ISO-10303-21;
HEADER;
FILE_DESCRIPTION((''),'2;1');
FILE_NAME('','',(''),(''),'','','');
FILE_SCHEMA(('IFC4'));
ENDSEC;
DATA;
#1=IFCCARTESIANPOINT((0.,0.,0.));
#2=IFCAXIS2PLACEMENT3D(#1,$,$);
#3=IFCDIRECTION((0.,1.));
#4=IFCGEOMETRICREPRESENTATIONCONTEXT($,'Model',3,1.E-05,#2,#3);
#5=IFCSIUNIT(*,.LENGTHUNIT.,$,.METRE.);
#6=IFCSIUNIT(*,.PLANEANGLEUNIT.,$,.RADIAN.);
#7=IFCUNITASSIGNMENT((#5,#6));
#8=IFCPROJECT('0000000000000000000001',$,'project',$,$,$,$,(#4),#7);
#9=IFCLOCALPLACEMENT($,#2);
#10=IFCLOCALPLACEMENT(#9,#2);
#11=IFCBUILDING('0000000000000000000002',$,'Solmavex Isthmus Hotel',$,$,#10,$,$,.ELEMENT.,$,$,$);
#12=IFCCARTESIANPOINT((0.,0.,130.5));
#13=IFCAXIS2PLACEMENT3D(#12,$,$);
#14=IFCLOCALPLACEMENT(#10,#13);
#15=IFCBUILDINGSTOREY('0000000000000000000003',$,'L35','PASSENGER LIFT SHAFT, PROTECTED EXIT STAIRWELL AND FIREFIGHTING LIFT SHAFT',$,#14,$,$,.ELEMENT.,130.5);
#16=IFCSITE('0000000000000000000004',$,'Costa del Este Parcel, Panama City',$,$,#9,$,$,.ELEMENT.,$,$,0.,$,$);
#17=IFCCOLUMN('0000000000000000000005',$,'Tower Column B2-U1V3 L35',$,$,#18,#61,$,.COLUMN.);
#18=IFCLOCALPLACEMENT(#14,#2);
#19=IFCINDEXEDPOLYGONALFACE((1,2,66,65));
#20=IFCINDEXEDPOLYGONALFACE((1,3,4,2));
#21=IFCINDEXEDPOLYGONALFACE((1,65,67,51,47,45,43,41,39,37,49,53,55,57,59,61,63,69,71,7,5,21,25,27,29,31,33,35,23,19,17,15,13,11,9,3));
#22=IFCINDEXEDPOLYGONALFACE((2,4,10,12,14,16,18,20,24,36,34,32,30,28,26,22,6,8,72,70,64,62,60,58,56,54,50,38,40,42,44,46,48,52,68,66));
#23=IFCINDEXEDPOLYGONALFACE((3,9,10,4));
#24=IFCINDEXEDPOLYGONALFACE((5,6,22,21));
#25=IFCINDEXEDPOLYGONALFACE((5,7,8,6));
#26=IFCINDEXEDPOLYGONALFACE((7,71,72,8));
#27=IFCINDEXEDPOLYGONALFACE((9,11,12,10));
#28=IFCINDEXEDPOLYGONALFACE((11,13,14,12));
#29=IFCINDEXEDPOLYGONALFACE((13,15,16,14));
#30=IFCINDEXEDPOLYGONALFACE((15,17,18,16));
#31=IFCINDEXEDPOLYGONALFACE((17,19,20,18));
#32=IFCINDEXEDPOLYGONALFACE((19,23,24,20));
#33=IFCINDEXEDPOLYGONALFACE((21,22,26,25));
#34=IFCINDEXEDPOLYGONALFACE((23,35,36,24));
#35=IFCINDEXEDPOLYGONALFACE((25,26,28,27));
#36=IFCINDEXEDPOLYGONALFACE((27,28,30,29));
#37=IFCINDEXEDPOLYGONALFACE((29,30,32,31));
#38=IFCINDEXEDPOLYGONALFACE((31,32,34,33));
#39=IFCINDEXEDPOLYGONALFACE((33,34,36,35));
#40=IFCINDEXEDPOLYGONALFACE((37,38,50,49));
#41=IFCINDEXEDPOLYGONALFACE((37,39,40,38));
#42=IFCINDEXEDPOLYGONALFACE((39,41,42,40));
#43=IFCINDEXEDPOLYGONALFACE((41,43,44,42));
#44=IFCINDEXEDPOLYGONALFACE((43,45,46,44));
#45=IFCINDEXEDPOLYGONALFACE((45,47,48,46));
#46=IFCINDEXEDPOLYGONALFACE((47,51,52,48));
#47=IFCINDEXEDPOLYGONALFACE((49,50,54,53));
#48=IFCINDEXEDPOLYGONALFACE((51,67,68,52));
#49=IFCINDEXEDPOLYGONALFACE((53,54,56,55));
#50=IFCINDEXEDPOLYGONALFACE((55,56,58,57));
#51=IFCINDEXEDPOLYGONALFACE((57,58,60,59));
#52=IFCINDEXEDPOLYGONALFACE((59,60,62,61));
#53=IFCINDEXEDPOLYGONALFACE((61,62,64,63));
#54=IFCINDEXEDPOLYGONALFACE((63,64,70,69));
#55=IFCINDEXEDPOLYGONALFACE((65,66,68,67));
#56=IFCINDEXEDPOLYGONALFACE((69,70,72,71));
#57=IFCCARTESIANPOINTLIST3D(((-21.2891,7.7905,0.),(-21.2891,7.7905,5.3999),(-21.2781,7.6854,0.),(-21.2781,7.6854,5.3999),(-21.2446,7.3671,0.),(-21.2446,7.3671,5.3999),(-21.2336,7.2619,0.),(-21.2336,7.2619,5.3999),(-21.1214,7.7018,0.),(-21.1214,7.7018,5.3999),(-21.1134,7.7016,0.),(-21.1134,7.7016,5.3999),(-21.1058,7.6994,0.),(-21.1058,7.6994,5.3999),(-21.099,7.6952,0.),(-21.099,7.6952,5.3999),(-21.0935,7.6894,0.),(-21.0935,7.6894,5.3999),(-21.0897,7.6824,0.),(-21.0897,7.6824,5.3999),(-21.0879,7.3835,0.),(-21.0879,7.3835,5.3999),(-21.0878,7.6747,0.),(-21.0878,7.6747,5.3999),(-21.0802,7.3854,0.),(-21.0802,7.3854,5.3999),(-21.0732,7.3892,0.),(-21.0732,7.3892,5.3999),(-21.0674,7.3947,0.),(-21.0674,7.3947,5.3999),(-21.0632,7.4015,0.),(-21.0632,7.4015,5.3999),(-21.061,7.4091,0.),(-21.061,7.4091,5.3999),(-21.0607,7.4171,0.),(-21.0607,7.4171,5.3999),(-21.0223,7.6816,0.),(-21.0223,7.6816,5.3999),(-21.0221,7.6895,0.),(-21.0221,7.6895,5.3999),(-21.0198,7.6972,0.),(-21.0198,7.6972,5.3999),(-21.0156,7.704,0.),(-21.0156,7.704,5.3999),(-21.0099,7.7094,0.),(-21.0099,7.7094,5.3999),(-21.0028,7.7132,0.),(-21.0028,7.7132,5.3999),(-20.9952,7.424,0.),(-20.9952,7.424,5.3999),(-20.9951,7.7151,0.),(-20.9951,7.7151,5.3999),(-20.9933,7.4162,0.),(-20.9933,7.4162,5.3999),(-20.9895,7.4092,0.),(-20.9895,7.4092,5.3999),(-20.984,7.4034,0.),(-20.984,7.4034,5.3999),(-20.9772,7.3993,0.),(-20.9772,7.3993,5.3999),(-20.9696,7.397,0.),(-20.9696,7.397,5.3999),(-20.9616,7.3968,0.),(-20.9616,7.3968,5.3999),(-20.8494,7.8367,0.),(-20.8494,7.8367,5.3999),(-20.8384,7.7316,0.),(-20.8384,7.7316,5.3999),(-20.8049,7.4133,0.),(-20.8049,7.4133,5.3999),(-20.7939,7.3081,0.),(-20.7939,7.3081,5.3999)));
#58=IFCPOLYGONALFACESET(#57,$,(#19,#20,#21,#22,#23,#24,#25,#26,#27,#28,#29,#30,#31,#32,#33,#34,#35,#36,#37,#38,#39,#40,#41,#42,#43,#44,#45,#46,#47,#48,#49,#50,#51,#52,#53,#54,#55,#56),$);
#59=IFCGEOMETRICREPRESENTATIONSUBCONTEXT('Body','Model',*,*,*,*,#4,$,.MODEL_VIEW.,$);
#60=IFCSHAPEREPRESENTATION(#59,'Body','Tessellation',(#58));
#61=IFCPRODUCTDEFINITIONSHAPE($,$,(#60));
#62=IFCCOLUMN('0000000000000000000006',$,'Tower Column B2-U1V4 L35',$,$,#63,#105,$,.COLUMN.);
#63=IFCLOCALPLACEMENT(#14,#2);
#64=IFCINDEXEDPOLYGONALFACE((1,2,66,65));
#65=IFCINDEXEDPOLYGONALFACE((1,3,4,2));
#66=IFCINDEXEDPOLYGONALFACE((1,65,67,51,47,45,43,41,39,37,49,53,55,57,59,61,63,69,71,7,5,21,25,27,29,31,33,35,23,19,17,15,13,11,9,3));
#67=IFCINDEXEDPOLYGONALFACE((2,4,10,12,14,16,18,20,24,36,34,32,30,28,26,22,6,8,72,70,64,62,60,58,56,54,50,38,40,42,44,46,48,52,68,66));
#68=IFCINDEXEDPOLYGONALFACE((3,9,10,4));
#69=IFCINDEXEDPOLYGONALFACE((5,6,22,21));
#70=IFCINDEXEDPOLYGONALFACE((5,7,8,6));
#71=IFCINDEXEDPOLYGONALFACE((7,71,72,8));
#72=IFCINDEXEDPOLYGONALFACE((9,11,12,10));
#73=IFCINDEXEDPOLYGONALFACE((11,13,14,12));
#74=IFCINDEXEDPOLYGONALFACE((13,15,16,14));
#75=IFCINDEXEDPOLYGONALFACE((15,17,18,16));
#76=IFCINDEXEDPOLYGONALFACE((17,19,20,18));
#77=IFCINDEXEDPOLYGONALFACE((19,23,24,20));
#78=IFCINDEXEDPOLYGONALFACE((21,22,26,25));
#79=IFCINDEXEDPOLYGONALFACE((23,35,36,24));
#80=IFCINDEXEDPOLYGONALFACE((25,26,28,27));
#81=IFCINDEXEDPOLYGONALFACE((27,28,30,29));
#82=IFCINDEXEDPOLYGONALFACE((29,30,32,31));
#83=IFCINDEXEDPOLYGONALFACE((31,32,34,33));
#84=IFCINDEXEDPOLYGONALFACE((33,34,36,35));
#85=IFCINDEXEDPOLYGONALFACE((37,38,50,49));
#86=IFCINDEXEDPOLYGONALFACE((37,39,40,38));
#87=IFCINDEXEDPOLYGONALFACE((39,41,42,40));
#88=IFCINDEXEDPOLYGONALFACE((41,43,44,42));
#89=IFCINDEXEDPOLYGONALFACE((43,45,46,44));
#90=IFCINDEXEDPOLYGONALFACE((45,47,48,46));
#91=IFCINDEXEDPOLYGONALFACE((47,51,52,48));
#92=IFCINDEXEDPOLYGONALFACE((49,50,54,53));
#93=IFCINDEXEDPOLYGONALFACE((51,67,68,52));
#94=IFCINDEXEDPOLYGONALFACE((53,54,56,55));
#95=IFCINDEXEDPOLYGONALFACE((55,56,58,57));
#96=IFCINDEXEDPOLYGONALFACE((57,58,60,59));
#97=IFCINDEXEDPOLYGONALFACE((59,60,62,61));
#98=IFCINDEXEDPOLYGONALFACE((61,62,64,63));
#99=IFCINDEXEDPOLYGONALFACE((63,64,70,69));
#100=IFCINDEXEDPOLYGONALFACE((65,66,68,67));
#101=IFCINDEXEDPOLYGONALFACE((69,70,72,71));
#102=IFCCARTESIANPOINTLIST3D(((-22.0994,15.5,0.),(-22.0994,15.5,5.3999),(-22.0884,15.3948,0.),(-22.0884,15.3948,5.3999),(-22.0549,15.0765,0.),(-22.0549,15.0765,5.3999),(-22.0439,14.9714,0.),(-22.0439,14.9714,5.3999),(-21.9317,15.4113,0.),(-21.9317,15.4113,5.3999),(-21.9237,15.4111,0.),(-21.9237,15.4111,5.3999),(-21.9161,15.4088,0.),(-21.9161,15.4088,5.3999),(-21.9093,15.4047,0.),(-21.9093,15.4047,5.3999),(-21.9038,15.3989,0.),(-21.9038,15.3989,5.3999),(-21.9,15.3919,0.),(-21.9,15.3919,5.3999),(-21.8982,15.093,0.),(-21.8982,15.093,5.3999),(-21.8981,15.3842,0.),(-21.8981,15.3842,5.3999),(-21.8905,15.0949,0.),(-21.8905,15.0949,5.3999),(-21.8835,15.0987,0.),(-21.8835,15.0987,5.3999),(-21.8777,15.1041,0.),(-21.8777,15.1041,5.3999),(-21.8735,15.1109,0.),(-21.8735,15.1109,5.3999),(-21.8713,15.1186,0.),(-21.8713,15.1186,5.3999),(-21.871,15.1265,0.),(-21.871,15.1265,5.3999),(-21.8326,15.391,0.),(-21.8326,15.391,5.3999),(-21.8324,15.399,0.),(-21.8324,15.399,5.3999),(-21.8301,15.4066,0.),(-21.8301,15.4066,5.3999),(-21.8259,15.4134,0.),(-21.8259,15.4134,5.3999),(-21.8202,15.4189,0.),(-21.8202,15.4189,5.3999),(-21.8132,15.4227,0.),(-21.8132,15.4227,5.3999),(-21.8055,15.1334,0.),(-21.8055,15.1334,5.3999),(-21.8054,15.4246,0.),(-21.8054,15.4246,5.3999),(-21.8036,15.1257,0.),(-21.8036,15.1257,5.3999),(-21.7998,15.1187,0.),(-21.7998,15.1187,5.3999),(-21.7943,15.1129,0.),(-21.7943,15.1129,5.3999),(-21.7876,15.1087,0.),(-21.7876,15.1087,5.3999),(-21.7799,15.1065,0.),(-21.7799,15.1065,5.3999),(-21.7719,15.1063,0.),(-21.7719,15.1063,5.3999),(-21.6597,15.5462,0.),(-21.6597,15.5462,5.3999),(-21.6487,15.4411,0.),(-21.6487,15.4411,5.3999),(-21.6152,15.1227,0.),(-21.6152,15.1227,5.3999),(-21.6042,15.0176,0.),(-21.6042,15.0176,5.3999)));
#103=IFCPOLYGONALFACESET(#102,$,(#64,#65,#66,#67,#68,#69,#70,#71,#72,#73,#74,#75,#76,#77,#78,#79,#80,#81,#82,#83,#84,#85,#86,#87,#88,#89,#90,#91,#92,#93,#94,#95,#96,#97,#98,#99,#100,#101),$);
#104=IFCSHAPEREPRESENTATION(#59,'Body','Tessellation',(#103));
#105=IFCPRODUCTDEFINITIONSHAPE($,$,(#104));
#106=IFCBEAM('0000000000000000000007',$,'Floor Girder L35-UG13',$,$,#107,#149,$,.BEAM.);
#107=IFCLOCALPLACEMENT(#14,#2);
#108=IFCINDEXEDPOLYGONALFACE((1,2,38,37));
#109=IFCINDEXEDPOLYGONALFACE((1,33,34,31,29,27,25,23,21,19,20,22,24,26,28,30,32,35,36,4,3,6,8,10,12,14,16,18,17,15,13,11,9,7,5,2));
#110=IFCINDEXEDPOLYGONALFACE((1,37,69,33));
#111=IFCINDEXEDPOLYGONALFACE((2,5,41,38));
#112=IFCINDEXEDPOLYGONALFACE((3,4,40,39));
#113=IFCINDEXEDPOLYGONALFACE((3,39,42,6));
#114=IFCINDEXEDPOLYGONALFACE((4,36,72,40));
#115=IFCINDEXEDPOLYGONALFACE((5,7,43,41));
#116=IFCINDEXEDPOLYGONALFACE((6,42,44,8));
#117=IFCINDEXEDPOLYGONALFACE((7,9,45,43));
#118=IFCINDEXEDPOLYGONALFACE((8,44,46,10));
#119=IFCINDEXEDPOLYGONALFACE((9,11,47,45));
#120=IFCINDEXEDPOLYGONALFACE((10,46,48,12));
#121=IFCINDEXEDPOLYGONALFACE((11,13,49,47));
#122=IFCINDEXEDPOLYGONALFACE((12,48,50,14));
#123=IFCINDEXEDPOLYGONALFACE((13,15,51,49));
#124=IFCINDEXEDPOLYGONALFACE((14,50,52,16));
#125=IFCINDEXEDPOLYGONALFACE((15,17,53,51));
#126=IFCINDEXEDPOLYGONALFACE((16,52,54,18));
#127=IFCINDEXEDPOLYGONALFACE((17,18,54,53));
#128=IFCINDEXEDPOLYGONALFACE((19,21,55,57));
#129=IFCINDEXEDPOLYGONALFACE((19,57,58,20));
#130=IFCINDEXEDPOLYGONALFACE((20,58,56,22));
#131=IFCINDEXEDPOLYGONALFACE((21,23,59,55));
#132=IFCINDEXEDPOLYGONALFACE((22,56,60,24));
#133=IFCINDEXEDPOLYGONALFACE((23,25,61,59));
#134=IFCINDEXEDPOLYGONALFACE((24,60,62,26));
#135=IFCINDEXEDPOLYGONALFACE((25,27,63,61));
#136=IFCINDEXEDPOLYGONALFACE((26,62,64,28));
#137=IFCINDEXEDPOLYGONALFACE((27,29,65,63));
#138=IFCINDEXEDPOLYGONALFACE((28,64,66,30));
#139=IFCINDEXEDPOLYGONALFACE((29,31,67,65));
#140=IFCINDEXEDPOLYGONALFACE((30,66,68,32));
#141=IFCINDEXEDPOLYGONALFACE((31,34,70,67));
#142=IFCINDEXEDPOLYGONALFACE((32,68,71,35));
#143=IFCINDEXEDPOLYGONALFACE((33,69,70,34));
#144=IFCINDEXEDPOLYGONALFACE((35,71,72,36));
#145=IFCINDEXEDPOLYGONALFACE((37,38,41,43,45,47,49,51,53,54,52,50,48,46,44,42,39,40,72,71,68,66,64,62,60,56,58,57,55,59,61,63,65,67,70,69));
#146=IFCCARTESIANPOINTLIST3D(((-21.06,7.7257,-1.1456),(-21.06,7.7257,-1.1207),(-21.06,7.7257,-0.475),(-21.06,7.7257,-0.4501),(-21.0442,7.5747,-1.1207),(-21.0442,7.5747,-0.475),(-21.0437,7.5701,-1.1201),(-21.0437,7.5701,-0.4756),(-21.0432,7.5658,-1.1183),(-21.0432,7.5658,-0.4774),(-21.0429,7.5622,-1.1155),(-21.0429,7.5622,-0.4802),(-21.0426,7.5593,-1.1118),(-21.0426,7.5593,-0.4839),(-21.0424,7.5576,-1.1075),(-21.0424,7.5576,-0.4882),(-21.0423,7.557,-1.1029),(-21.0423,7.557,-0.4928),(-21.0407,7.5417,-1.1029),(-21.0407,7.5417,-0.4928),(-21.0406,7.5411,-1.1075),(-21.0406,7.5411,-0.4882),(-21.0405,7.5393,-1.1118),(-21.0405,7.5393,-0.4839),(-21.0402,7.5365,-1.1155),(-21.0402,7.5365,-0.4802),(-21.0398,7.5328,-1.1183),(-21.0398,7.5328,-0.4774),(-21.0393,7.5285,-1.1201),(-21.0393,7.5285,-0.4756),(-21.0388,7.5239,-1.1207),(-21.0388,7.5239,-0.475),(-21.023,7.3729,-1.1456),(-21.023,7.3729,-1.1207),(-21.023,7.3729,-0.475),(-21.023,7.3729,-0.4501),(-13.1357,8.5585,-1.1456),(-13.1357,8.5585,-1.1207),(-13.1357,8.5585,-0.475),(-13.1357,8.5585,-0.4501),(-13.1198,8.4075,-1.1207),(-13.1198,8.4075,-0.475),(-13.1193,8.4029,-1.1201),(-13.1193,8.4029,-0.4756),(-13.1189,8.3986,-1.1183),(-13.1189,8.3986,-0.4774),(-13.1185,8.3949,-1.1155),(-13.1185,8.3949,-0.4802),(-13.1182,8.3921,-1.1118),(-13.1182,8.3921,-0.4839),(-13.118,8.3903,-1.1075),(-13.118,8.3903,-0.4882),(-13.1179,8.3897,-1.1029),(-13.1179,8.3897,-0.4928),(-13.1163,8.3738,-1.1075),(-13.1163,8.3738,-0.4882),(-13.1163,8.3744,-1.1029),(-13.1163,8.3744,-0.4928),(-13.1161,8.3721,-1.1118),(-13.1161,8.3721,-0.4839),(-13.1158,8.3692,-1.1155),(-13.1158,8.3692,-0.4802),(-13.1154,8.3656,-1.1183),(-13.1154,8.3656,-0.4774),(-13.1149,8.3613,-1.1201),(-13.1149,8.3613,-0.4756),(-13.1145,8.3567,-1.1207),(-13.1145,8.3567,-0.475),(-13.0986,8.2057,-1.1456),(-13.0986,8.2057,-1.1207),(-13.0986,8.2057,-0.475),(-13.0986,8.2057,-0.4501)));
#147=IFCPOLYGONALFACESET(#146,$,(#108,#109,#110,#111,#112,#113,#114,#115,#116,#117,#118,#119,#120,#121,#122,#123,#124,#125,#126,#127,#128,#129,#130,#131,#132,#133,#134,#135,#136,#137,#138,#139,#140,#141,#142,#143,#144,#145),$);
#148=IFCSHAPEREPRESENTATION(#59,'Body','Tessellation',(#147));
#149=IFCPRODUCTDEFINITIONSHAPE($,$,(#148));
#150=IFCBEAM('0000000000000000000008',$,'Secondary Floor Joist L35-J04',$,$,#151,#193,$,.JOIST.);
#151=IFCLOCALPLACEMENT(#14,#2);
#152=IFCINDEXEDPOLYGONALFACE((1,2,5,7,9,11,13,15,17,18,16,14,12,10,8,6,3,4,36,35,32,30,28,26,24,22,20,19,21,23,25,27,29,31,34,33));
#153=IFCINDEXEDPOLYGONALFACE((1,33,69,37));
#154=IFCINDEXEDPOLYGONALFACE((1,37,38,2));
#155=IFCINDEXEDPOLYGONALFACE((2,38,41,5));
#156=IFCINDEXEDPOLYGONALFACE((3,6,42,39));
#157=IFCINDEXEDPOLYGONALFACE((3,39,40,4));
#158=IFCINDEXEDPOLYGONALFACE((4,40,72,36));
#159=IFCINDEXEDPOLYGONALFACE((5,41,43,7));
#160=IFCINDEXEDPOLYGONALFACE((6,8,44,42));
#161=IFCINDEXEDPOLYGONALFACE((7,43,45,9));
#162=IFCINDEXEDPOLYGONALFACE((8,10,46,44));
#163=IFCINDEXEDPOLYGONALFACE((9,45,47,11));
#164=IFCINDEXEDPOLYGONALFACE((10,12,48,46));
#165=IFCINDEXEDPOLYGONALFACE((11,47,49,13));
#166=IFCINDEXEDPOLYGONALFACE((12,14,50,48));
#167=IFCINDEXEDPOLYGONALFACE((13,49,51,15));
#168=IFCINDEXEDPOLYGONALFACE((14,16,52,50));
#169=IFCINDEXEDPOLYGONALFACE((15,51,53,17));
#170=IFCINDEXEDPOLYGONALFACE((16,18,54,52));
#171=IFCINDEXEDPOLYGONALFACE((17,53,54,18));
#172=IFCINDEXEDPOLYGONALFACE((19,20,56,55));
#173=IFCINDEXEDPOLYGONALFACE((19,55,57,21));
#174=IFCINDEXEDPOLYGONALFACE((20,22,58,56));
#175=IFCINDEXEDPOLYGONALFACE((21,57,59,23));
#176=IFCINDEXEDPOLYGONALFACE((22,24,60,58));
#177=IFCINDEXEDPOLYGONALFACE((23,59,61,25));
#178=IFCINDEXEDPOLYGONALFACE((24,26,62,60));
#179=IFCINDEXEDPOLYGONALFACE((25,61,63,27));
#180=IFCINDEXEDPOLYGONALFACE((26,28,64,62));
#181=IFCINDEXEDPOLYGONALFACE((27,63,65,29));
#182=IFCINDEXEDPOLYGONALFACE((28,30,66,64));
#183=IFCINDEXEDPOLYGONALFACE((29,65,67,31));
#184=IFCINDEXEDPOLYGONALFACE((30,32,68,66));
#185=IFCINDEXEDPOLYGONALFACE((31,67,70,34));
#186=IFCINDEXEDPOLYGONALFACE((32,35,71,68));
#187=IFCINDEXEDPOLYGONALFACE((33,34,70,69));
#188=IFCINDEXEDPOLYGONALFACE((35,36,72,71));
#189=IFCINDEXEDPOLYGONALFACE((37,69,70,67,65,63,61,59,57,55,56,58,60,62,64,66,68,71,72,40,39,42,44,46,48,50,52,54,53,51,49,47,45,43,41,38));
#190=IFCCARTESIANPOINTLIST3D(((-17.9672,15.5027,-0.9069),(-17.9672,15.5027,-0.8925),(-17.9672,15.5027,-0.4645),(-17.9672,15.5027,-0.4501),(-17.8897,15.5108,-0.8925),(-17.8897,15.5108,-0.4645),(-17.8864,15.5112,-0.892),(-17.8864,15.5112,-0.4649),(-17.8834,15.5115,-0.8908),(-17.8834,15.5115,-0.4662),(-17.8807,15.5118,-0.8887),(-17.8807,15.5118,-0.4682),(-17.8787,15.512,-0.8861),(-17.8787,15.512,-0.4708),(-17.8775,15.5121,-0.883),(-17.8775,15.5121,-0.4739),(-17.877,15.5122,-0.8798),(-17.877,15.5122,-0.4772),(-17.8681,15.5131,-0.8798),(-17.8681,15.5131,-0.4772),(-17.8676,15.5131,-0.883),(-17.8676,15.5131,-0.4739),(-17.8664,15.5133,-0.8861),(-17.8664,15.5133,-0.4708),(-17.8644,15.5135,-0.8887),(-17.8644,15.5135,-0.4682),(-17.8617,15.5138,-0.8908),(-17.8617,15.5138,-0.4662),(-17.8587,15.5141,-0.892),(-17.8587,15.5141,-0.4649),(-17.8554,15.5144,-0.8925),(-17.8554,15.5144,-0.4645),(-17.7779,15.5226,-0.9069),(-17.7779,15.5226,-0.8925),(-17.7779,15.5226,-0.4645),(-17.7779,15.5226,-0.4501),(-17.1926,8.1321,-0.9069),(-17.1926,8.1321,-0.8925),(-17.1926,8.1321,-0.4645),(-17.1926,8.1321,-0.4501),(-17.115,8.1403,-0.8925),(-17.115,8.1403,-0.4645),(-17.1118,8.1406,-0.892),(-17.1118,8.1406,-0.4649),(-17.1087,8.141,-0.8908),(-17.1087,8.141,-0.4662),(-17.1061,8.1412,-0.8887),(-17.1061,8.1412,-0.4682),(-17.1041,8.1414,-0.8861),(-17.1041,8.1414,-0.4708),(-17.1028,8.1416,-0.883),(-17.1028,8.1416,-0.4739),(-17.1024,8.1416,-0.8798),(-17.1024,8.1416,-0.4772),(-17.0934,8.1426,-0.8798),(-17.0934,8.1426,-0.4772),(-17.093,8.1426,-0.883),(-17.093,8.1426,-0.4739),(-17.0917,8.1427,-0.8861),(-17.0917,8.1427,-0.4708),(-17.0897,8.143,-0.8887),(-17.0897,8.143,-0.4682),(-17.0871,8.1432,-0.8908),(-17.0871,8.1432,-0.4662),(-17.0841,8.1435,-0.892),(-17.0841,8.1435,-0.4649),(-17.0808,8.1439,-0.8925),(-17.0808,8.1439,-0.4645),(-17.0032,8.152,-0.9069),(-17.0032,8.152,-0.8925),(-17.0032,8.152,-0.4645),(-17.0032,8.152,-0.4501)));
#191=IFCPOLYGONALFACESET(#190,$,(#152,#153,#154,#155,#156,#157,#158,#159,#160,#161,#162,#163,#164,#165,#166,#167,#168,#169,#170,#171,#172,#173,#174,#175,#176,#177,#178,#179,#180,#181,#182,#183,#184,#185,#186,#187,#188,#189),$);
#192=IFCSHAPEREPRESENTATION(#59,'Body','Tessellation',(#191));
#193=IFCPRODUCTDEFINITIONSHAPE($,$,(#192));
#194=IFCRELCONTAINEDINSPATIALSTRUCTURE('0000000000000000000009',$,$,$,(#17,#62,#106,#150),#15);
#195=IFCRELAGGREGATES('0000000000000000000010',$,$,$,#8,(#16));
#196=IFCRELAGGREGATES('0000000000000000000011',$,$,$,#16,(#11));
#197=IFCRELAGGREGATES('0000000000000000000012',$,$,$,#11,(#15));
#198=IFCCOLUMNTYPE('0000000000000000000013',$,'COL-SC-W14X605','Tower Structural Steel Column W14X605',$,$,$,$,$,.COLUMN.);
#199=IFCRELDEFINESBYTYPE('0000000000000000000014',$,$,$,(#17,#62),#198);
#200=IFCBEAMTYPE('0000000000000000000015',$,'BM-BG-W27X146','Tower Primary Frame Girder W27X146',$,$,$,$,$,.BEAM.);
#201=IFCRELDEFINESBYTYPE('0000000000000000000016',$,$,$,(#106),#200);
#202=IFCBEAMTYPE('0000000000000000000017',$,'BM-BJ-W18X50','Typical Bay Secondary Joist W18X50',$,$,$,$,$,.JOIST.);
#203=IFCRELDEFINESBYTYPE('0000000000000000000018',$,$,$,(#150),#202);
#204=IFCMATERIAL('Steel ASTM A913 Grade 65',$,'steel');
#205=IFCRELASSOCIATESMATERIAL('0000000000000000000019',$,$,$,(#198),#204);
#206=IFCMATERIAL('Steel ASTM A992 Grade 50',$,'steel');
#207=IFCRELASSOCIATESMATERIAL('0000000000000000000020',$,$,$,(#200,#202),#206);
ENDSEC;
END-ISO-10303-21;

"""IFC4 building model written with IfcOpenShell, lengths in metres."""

from ifc_helpers import new_model, si_unit, direction, frame, origin, origin_2d, place, context, subcontext, project, spatial, i_section, extrude, material, material_profile, profile_set, type_object, element, save


model = new_model("IFC4")

# Units and contexts
model_context = context("Model", 3, precision=1e-05, world=origin(), true_north=direction((0.0, 1.0)))
body_context = subcontext(model_context, "Body", "Model", "MODEL_VIEW")
ifc_project = project(units=[si_unit("LENGTHUNIT", "METRE"), si_unit("PLANEANGLEUNIT", "RADIAN")], contexts=[model_context])

# Site, building, storey
site_placement = place(None, origin())
site = spatial("IfcSite", under=ifc_project, at=site_placement, Name="Costa del Este Parcel, Panama City", CompositionType="ELEMENT", RefElevation=0.0)
building_placement = place(site_placement, origin())
building = spatial("IfcBuilding", under=site, at=building_placement, Name="Solmavex Isthmus Hotel", CompositionType="ELEMENT")
storey_placement = place(building_placement, frame((0.0, 0.0, 130.5)))
storey = spatial("IfcBuildingStorey", under=building, at=storey_placement, Name="L35", Description="PASSENGER LIFT SHAFT, PROTECTED EXIT STAIRWELL AND FIREFIGHTING LIFT SHAFT", CompositionType="ELEMENT", Elevation=130.5)

# Columns
ifc_material_1 = material(Name="Steel ASTM A913 Grade 65", Category="steel")
ifc_material_profile_1 = material_profile(ifc_material_1, i_section(OverallWidth=0.4421, OverallDepth=0.5315, WebThickness=0.0659, FlangeThickness=0.1057, FilletRadius=0.0305, at=origin_2d()), Name="W14X605")
ifc_profile_set_1 = profile_set([ifc_material_profile_1], Name="Steel ASTM A913 Grade 65")
column_type = type_object("IfcColumnType", Name="COL-SC-W14X605", Description="Tower Structural Steel Column W14X605", PredefinedType="COLUMN", material=ifc_profile_set_1)
for number, where, z_axis, x_axis, name in (
    (1, (-21.0415, 7.5493, 0.0), (0.0, 0.0, 1.0), (0.994522, 0.104528, 0.0), "Tower Column B2-U1V3 L35"),
    (2, (-21.8518, 15.2588, 0.0), (0.0, 0.0, 1.0), (0.994522, 0.104528, 0.0), "Tower Column B2-U1V4 L35"),
):
    element("IfcColumn", number, at=place(storey_placement, frame(where, z_axis=z_axis, x_axis=x_axis)), inside=storey, type_object=column_type, Name=name, PredefinedType="COLUMN", context=body_context, shape_type="SweptSolid", body=[
        extrude(i_section(OverallWidth=0.4421, OverallDepth=0.5315, WebThickness=0.0659, FlangeThickness=0.1057, FilletRadius=0.0305, at=origin_2d()), origin(), (0.0, 0.0, 1.0), 5.3999),
    ])

# Beams
ifc_material_2 = material(Name="Steel ASTM A992 Grade 50", Category="steel")
ifc_material_profile_2 = material_profile(ifc_material_2, i_section(OverallWidth=0.3547, OverallDepth=0.6956, WebThickness=0.0154, FlangeThickness=0.0249, FilletRadius=0.0178, at=origin_2d()), Name="W27X146")
ifc_profile_set_2 = profile_set([ifc_material_profile_2], Name="Steel ASTM A992 Grade 50")
beam_type_1 = type_object("IfcBeamType", Name="BM-BG-W27X146", Description="Tower Primary Frame Girder W27X146", PredefinedType="BEAM", material=ifc_profile_set_2)
beam_1_placement = place(storey_placement, frame((-21.0415, 7.5493, -0.7979), z_axis=(0.994523, 0.104514, 0.0), x_axis=(-0.104514, 0.994523, 0.0)))
element("IfcBeam", 3, at=beam_1_placement, inside=storey, type_object=beam_type_1, Name="Floor Girder L35-UG13", PredefinedType="BEAM", context=body_context, shape_type="SweptSolid", body=[
    extrude(i_section(OverallWidth=0.3547, OverallDepth=0.6956, WebThickness=0.0154, FlangeThickness=0.0249, FilletRadius=0.0178, at=origin_2d()), origin(), (0.0, 0.0, 1.0), 7.968),
])
ifc_material_profile_3 = material_profile(ifc_material_2, i_section(OverallWidth=0.1904, OverallDepth=0.4568, WebThickness=0.009, FlangeThickness=0.0144, FilletRadius=0.0127, at=origin_2d()), Name="W18X50")
ifc_profile_set_3 = profile_set([ifc_material_profile_3], Name="Steel ASTM A992 Grade 50")
beam_type_2 = type_object("IfcBeamType", Name="BM-BJ-W18X50", Description="Typical Bay Secondary Joist W18X50", PredefinedType="JOIST", material=ifc_profile_set_3)
beam_2_placement = place(storey_placement, frame((-17.0979, 8.1421, -0.6785), z_axis=(-0.104525, 0.994522, 0.0), x_axis=(-0.994522, -0.104525, 0.0)))
element("IfcBeam", 4, at=beam_2_placement, inside=storey, type_object=beam_type_2, Name="Secondary Floor Joist L35-J04", PredefinedType="JOIST", context=body_context, shape_type="SweptSolid", body=[
    extrude(i_section(OverallWidth=0.1904, OverallDepth=0.4568, WebThickness=0.009, FlangeThickness=0.0144, FilletRadius=0.0127, at=origin_2d()), origin(), (0.0, 0.0, 1.0), 7.4111),
])

save(model, "model.ifc")
